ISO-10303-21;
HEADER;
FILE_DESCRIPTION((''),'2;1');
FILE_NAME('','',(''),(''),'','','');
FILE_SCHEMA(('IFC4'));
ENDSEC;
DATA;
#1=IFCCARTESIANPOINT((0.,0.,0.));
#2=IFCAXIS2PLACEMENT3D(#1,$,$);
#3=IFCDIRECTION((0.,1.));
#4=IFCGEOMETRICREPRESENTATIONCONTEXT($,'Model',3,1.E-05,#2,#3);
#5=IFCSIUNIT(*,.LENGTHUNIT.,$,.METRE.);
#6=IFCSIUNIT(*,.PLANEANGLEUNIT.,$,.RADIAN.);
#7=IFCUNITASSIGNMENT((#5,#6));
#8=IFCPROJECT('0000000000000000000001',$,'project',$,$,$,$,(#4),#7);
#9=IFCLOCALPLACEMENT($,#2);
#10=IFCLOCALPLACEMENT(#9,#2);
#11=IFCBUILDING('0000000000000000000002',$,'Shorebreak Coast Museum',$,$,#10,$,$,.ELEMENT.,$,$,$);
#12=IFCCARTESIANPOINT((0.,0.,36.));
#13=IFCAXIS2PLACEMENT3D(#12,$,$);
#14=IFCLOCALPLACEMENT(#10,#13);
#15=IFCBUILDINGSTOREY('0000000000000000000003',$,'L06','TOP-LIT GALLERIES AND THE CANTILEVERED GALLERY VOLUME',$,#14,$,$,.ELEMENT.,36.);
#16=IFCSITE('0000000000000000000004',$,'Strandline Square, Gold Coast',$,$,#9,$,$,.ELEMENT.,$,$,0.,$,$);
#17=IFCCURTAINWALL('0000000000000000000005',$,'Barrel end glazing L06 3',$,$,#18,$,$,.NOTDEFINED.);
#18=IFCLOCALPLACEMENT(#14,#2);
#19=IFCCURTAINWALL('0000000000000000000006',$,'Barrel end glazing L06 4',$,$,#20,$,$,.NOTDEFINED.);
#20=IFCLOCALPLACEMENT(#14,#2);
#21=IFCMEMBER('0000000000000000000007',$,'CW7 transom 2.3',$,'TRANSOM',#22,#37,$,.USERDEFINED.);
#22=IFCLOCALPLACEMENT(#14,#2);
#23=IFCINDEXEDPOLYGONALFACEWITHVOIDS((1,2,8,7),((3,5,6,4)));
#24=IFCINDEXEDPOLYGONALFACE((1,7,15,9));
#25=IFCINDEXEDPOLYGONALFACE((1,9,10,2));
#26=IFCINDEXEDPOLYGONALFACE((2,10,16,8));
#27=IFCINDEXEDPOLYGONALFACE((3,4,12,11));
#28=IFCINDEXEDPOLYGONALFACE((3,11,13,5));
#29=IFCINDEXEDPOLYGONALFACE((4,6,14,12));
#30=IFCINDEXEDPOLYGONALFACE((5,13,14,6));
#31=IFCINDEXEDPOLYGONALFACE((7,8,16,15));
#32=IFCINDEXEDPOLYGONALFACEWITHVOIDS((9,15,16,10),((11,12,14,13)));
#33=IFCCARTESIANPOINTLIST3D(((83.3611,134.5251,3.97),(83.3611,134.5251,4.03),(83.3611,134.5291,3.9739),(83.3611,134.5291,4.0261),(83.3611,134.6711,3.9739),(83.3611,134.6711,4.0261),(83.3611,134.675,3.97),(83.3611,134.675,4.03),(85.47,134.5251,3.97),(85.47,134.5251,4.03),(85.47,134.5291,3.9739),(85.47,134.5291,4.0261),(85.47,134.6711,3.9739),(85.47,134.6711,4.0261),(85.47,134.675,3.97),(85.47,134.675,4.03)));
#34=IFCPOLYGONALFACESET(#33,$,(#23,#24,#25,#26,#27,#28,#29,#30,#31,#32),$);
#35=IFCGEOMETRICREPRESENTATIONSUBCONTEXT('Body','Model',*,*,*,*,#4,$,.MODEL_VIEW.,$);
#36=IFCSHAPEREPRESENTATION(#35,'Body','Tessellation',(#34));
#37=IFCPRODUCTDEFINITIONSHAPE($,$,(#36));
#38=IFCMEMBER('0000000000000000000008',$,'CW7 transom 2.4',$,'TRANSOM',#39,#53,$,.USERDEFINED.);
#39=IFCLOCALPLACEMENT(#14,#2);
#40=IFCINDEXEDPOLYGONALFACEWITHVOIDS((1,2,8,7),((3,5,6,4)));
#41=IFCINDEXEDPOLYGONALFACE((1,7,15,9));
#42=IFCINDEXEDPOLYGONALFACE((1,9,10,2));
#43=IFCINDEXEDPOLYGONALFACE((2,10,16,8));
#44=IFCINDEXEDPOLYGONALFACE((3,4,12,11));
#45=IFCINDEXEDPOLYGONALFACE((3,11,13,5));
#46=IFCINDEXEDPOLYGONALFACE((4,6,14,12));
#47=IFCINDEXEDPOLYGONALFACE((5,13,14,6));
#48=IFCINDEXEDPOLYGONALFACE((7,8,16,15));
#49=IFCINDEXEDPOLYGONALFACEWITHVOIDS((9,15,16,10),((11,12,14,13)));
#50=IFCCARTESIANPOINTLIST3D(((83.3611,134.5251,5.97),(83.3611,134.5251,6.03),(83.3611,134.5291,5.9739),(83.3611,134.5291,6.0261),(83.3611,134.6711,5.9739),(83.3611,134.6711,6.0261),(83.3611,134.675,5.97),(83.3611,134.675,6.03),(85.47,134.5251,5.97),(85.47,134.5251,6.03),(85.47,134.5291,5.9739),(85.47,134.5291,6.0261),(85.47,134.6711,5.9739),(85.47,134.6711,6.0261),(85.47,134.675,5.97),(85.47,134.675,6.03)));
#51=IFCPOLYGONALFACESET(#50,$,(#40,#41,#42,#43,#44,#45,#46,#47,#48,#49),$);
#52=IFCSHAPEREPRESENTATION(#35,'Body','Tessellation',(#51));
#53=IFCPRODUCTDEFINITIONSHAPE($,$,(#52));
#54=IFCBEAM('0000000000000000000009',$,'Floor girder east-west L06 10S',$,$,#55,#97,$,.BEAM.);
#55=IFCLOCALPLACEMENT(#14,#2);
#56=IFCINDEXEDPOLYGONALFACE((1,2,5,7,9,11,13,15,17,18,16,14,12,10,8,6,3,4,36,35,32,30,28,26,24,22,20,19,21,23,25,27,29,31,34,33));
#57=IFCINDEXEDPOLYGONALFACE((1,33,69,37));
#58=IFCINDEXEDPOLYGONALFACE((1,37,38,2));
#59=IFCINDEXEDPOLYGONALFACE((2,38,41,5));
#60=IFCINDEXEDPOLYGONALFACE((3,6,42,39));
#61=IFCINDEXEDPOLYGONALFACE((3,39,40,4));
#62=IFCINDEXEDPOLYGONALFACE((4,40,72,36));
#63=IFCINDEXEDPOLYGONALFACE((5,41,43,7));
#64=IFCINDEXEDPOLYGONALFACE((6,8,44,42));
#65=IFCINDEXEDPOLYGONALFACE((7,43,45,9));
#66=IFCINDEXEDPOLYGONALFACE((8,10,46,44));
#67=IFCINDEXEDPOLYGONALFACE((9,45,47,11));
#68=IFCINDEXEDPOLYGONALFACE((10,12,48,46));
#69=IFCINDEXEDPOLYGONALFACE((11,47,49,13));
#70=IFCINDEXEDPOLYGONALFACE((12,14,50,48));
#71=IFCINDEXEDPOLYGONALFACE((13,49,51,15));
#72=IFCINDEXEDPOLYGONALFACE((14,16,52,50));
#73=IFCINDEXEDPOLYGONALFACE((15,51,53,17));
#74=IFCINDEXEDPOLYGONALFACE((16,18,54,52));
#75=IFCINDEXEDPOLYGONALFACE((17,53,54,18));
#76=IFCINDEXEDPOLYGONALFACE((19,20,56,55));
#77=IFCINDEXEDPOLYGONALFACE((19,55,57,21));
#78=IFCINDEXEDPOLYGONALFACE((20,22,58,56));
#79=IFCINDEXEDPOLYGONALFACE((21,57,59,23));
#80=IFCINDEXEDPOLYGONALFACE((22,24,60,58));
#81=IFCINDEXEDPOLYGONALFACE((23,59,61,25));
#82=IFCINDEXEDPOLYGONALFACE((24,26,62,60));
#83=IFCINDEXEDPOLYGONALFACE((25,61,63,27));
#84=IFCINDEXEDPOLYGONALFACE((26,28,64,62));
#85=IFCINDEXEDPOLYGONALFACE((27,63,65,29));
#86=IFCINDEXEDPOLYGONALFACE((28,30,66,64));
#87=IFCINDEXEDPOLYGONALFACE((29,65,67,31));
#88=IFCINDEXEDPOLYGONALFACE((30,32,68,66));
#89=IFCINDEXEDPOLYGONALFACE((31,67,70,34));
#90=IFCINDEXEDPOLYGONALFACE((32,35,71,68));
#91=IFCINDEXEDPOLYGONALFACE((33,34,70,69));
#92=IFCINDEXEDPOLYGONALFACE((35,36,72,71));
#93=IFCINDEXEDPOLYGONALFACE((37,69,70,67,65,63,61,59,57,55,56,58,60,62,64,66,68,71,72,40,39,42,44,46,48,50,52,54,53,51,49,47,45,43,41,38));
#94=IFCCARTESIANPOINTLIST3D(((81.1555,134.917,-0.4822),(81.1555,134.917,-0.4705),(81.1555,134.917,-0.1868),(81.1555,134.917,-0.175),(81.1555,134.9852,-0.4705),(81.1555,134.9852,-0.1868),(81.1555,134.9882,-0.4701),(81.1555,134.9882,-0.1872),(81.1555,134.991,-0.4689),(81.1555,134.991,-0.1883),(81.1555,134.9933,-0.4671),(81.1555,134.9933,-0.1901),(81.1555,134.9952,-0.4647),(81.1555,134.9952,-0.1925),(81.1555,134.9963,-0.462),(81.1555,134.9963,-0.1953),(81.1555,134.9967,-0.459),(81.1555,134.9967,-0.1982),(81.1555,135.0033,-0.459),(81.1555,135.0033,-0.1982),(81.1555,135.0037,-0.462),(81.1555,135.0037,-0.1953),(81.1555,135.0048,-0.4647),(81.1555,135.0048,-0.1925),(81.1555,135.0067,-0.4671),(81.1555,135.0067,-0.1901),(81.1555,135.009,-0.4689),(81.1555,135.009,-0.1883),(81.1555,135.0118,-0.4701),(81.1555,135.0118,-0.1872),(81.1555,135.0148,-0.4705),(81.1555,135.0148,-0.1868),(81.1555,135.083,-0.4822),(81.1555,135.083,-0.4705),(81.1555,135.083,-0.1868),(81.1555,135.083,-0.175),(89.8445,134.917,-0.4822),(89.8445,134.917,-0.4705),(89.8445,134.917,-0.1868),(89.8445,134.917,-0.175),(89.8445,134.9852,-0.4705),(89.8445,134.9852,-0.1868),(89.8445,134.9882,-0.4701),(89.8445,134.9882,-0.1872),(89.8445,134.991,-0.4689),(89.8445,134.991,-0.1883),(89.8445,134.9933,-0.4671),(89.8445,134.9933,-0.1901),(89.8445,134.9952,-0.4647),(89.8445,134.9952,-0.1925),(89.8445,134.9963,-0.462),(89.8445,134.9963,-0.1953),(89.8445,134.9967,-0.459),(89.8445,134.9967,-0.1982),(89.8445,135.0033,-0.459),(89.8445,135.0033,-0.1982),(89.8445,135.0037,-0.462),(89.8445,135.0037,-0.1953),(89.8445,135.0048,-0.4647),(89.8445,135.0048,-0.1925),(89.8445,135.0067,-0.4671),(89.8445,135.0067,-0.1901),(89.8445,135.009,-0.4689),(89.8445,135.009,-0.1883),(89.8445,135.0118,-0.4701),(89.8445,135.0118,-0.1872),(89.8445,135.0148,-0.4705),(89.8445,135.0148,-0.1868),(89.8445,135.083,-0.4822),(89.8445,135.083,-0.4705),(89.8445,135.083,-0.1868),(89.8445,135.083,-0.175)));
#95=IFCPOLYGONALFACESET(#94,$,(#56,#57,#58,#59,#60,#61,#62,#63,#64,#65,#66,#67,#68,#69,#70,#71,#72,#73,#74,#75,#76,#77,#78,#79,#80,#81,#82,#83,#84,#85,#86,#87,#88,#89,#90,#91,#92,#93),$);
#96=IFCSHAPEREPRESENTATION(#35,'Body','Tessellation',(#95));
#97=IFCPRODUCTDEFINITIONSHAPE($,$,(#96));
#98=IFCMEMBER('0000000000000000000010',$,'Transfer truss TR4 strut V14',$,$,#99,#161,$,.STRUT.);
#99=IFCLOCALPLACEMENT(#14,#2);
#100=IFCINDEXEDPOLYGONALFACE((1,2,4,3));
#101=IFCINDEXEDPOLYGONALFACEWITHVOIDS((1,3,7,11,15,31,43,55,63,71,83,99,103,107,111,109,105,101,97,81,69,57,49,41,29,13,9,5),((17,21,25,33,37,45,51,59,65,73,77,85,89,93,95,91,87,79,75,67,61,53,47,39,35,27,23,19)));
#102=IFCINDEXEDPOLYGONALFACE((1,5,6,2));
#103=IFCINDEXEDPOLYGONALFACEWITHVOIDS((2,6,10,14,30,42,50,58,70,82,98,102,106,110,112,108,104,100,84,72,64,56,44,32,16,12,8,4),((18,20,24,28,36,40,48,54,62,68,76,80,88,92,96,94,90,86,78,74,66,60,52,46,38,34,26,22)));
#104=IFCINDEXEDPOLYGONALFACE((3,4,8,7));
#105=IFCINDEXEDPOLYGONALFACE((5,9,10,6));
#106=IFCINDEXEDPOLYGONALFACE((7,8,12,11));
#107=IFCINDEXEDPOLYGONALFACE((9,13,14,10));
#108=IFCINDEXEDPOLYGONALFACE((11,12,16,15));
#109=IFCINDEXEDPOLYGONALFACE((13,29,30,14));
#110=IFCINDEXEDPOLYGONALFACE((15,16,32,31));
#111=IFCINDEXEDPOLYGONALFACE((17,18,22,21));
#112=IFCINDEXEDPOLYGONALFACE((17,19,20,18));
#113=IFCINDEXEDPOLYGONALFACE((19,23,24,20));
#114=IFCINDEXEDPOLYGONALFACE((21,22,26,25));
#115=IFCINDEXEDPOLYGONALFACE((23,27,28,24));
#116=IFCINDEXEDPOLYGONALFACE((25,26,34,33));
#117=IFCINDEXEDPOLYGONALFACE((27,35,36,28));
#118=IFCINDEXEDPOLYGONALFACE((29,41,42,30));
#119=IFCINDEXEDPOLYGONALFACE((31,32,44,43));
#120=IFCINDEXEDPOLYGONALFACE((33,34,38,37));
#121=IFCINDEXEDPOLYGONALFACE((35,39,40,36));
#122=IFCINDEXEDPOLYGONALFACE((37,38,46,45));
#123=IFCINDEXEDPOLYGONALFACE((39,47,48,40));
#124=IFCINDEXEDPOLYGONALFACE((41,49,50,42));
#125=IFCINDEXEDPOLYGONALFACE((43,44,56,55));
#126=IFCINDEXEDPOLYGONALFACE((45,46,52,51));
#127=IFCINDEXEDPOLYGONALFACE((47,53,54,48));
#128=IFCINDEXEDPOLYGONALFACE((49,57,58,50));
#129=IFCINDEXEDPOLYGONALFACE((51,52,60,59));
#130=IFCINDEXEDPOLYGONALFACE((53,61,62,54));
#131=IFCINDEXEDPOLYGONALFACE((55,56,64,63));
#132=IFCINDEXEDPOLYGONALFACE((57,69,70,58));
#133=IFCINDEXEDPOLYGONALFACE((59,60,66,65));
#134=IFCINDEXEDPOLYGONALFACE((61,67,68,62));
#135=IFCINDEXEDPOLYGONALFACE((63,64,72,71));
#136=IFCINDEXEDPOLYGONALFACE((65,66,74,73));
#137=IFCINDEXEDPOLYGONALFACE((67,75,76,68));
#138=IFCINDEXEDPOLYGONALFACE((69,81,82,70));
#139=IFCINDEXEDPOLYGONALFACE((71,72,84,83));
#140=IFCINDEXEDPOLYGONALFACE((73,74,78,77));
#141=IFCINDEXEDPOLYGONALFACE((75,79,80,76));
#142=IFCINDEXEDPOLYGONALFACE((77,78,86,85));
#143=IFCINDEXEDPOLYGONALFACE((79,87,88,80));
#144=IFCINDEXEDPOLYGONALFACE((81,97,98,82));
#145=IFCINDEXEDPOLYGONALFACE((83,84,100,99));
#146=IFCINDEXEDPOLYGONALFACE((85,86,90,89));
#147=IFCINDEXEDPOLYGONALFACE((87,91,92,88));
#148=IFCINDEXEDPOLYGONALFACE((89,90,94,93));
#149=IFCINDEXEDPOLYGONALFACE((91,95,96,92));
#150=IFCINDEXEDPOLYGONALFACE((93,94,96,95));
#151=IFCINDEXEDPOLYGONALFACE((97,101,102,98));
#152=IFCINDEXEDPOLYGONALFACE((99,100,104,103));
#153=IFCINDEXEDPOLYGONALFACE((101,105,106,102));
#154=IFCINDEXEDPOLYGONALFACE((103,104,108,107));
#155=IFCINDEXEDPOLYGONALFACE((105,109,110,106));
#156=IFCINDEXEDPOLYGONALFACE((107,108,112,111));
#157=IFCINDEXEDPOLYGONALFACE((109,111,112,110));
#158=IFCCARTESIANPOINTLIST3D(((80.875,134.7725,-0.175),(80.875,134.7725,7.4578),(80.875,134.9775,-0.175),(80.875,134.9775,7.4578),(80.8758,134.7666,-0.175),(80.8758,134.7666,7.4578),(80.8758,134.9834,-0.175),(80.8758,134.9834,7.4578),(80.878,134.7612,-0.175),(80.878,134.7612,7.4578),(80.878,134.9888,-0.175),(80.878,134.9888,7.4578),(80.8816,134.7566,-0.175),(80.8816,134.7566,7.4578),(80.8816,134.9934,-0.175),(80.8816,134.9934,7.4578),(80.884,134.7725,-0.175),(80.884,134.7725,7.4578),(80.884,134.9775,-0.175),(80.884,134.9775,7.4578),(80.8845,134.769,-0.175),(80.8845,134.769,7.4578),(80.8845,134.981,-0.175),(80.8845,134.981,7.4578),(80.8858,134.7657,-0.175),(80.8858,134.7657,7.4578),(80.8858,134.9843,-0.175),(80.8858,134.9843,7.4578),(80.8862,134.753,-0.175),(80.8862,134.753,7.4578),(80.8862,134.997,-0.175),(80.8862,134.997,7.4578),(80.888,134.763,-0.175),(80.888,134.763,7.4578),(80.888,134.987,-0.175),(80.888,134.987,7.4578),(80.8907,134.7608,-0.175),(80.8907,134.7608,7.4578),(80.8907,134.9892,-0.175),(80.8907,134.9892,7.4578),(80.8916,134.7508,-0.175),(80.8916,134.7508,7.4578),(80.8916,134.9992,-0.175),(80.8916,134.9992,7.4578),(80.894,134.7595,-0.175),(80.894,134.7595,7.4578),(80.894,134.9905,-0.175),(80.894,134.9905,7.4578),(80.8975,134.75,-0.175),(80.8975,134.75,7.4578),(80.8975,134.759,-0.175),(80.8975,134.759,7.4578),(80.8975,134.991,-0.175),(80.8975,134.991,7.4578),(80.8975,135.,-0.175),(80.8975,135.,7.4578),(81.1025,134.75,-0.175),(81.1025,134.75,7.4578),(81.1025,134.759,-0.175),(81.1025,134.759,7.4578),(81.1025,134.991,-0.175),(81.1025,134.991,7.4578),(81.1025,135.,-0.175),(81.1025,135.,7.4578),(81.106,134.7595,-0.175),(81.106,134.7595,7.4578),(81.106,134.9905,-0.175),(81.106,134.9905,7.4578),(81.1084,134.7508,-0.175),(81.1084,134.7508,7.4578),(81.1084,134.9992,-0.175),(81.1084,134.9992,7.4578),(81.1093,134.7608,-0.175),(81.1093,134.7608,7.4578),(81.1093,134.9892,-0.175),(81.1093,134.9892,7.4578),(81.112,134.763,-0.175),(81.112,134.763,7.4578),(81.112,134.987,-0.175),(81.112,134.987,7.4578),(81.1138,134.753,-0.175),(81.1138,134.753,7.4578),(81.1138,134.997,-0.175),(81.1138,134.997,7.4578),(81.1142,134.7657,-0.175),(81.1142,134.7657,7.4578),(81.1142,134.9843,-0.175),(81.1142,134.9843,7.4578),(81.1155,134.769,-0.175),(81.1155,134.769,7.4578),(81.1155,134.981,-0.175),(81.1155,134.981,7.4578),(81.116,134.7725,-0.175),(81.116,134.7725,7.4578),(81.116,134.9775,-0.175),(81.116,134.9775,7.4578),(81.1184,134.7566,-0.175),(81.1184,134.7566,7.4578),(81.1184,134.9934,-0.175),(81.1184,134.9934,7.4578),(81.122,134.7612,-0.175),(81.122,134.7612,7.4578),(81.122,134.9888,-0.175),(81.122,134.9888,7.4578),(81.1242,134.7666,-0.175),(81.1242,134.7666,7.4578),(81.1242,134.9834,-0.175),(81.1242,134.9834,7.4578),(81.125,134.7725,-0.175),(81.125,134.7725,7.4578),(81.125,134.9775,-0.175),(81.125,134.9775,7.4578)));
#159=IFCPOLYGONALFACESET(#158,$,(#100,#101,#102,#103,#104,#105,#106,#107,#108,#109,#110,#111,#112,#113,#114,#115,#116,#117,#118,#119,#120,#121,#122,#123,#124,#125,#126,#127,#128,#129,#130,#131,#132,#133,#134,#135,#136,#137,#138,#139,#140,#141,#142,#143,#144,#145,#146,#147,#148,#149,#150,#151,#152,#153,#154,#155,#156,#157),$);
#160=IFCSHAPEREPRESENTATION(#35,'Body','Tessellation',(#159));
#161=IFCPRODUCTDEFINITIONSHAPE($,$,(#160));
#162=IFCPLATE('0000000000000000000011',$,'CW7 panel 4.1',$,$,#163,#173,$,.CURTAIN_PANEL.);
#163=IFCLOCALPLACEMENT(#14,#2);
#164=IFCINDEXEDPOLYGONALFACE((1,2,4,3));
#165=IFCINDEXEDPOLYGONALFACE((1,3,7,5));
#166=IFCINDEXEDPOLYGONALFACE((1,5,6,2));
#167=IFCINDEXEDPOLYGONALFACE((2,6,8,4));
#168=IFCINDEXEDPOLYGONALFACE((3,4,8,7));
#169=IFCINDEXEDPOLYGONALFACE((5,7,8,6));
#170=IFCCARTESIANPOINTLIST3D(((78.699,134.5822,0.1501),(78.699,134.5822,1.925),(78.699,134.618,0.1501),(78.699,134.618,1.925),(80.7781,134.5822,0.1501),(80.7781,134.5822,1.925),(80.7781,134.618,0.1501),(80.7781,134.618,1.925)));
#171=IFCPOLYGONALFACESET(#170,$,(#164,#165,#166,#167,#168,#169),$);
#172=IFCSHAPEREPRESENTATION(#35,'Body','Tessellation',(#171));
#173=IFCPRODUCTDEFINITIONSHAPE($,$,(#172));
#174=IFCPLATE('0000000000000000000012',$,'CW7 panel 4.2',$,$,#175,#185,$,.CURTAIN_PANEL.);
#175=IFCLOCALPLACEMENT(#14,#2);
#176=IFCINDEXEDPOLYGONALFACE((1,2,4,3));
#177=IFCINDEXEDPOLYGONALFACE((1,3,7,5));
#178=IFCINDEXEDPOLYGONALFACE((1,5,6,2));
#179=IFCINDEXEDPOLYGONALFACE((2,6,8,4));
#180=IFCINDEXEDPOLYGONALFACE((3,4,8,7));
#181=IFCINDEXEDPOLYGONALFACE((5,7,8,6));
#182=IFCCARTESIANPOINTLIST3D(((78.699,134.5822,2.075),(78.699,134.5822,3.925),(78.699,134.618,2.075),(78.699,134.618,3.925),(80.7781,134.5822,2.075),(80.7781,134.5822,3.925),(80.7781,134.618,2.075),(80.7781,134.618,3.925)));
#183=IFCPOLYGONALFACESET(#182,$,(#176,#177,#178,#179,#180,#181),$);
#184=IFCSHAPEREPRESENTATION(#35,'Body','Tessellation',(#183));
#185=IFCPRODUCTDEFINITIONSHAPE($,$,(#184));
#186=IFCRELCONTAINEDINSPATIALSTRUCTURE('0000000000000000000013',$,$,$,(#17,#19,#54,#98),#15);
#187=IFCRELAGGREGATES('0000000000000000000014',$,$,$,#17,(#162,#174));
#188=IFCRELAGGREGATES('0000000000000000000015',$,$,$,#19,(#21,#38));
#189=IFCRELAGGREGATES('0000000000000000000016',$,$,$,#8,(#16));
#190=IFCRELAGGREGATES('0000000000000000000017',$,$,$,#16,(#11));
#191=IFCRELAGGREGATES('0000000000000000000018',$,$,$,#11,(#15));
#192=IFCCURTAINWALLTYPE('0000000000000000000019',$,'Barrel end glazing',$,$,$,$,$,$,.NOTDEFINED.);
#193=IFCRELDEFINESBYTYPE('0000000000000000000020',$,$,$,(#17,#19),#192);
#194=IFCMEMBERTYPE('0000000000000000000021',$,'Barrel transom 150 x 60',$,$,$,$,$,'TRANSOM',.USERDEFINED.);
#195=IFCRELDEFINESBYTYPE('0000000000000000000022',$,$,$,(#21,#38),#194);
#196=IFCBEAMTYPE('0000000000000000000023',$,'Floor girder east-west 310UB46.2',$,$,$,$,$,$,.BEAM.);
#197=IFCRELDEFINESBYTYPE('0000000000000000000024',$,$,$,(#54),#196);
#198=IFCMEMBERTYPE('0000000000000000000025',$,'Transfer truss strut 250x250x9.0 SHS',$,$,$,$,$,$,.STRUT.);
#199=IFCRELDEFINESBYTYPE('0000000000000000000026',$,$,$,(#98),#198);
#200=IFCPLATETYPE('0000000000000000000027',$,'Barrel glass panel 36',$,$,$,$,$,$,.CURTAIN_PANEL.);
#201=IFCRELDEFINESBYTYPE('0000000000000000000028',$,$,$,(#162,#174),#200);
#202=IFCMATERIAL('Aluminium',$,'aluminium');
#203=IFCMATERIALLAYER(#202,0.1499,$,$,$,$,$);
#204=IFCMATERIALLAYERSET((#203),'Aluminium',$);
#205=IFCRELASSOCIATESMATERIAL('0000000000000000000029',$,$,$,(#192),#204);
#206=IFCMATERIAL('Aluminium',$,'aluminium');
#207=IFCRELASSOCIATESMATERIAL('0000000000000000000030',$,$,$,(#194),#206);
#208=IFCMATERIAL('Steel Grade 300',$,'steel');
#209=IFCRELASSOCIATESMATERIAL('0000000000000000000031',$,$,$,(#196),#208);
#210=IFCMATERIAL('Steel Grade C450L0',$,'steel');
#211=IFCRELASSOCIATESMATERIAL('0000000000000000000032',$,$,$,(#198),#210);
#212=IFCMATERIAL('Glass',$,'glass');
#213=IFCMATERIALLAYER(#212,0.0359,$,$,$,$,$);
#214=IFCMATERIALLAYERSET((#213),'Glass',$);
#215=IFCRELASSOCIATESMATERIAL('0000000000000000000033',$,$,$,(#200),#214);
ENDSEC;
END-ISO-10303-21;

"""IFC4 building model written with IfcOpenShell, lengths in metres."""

from ifc_helpers import new_model, si_unit, direction, frame, origin, origin_2d, place, context, subcontext, project, spatial, rectangle, hollow_rectangle, i_section, extrude, material, layer, layer_set, material_profile, profile_set, type_object, element, aggregate, save


model = new_model("IFC4")

# Units and contexts
model_context = context("Model", 3, precision=1e-05, world=origin(), true_north=direction((0.0, 1.0)))
body_context = subcontext(model_context, "Body", "Model", "MODEL_VIEW")
ifc_project = project(units=[si_unit("LENGTHUNIT", "METRE"), si_unit("PLANEANGLEUNIT", "RADIAN")], contexts=[model_context])

# Site, building, storey
site_placement = place(None, origin())
site = spatial("IfcSite", under=ifc_project, at=site_placement, Name="Strandline Square, Gold Coast", CompositionType="ELEMENT", RefElevation=0.0)
building_placement = place(site_placement, origin())
building = spatial("IfcBuilding", under=site, at=building_placement, Name="Shorebreak Coast Museum", CompositionType="ELEMENT")
storey_placement = place(building_placement, frame((0.0, 0.0, 36.0)))
storey = spatial("IfcBuildingStorey", under=building, at=storey_placement, Name="L06", Description="TOP-LIT GALLERIES AND THE CANTILEVERED GALLERY VOLUME", CompositionType="ELEMENT", Elevation=36.0)

# Curtain wall
ifc_material_1 = material(Name="Aluminium", Category="aluminium")
ifc_layer_1 = layer(ifc_material_1, 0.1499)
ifc_layer_set_1 = layer_set([ifc_layer_1], Name="Aluminium")
curtain_wall_type = type_object("IfcCurtainWallType", Name="Barrel end glazing", PredefinedType="NOTDEFINED", material=ifc_layer_set_1)
curtain_wall_1_placement = place(storey_placement, origin())
curtain_wall_1 = element("IfcCurtainWall", 1, at=curtain_wall_1_placement, inside=storey, type_object=curtain_wall_type, Name="Barrel end glazing L06 3", PredefinedType="NOTDEFINED")

# Curtain wall
curtain_wall_2_placement = place(storey_placement, origin())
curtain_wall_2 = element("IfcCurtainWall", 2, at=curtain_wall_2_placement, inside=storey, type_object=curtain_wall_type, Name="Barrel end glazing L06 4", PredefinedType="NOTDEFINED")

# Members
ifc_material_2 = material(Name="Aluminium", Category="aluminium")
ifc_material_profile_1 = material_profile(ifc_material_2, hollow_rectangle(XDim=0.1499, YDim=0.0601, WallThickness=0.0039, at=origin_2d()), Name="AL 60x150 RHS")
ifc_profile_set_1 = profile_set([ifc_material_profile_1], Name="Aluminium")
member_type_1 = type_object("IfcMemberType", Name="Barrel transom 150 x 60", ElementType="TRANSOM", PredefinedType="USERDEFINED", material=ifc_profile_set_1)
member_1_placement = place(storey_placement, frame((83.3611, 134.6001, 4.0), z_axis=(1.0, 0.0, 0.0), x_axis=(0.0, 1.0, 0.0)))
member_1 = element("IfcMember", 3, at=member_1_placement, type_object=member_type_1, Name="CW7 transom 2.3", ObjectType="TRANSOM", PredefinedType="USERDEFINED", context=body_context, shape_type="SweptSolid", body=[
    extrude(hollow_rectangle(XDim=0.1499, YDim=0.0601, WallThickness=0.0039, at=origin_2d()), origin(), (0.0, 0.0, 1.0), 2.1089),
])
member_2_placement = place(storey_placement, frame((83.3611, 134.6001, 6.0), z_axis=(1.0, 0.0, 0.0), x_axis=(0.0, 1.0, 0.0)))
member_2 = element("IfcMember", 4, at=member_2_placement, type_object=member_type_1, Name="CW7 transom 2.4", ObjectType="TRANSOM", PredefinedType="USERDEFINED", context=body_context, shape_type="SweptSolid", body=[
    extrude(hollow_rectangle(XDim=0.1499, YDim=0.0601, WallThickness=0.0039, at=origin_2d()), origin(), (0.0, 0.0, 1.0), 2.1089),
])

# Beam
ifc_material_3 = material(Name="Steel Grade 300", Category="steel")
ifc_material_profile_2 = material_profile(ifc_material_3, i_section(OverallWidth=0.166, OverallDepth=0.3071, WebThickness=0.0066, FlangeThickness=0.0117, FilletRadius=0.0115, at=origin_2d()), Name="310UB46.2")
ifc_profile_set_2 = profile_set([ifc_material_profile_2], Name="Steel Grade 300")
beam_type = type_object("IfcBeamType", Name="Floor girder east-west 310UB46.2", PredefinedType="BEAM", material=ifc_profile_set_2)
beam_placement = place(storey_placement, frame((81.1555, 135.0, -0.3286), z_axis=(1.0, 0.0, 0.0), x_axis=(0.0, 1.0, 0.0)))
element("IfcBeam", 5, at=beam_placement, inside=storey, type_object=beam_type, Name="Floor girder east-west L06 10S", PredefinedType="BEAM", context=body_context, shape_type="SweptSolid", body=[
    extrude(i_section(OverallWidth=0.166, OverallDepth=0.3071, WebThickness=0.0066, FlangeThickness=0.0117, FilletRadius=0.0115, at=origin_2d()), origin(), (0.0, 0.0, 1.0), 8.689),
])

# Member
ifc_material_4 = material(Name="Steel Grade C450L0", Category="steel")
ifc_material_profile_3 = material_profile(ifc_material_4, hollow_rectangle(XDim=0.25, YDim=0.25, WallThickness=0.009, InnerFilletRadius=0.0134, OuterFilletRadius=0.0225, at=origin_2d()), Name="250x250x9.0 SHS")
ifc_profile_set_3 = profile_set([ifc_material_profile_3], Name="Steel Grade C450L0")
member_type_2 = type_object("IfcMemberType", Name="Transfer truss strut 250x250x9.0 SHS", PredefinedType="STRUT", material=ifc_profile_set_3)
member_3_placement = place(storey_placement, frame((81.0, 134.875, -0.175), z_axis=(0.0, 0.0, 1.0), x_axis=(1.0, 0.0, 0.0)))
element("IfcMember", 6, at=member_3_placement, inside=storey, type_object=member_type_2, Name="Transfer truss TR4 strut V14", PredefinedType="STRUT", context=body_context, shape_type="SweptSolid", body=[
    extrude(hollow_rectangle(XDim=0.25, YDim=0.25, WallThickness=0.009, InnerFilletRadius=0.0134, OuterFilletRadius=0.0225, at=origin_2d()), origin(), (0.0, 0.0, 1.0), 7.6328),
])

# Plates
ifc_material_5 = material(Name="Glass", Category="glass")
ifc_layer_2 = layer(ifc_material_5, 0.0359)
ifc_layer_set_2 = layer_set([ifc_layer_2], Name="Glass")
plate_type = type_object("IfcPlateType", Name="Barrel glass panel 36", PredefinedType="CURTAIN_PANEL", material=ifc_layer_set_2)
plate_1_placement = place(storey_placement, frame((79.7385, 134.6001, 0.1501), z_axis=(0.0, 0.0, 1.0), x_axis=(1.0, 0.0, 0.0)))
plate_1 = element("IfcPlate", 7, at=plate_1_placement, type_object=plate_type, Name="CW7 panel 4.1", PredefinedType="CURTAIN_PANEL", context=body_context, shape_type="SweptSolid", body=[
    extrude(rectangle(XDim=2.0791, YDim=0.0359, at=origin_2d()), origin(), (0.0, 0.0, 1.0), 1.7749),
])
plate_2_placement = place(storey_placement, frame((79.7385, 134.6001, 2.075), z_axis=(0.0, 0.0, 1.0), x_axis=(1.0, 0.0, 0.0)))
plate_2 = element("IfcPlate", 8, at=plate_2_placement, type_object=plate_type, Name="CW7 panel 4.2", PredefinedType="CURTAIN_PANEL", context=body_context, shape_type="SweptSolid", body=[
    extrude(rectangle(XDim=2.0791, YDim=0.0359, at=origin_2d()), origin(), (0.0, 0.0, 1.0), 1.8501),
])
aggregate(curtain_wall_1, [plate_1, plate_2])
aggregate(curtain_wall_2, [member_1, member_2])

save(model, "model.ifc")
